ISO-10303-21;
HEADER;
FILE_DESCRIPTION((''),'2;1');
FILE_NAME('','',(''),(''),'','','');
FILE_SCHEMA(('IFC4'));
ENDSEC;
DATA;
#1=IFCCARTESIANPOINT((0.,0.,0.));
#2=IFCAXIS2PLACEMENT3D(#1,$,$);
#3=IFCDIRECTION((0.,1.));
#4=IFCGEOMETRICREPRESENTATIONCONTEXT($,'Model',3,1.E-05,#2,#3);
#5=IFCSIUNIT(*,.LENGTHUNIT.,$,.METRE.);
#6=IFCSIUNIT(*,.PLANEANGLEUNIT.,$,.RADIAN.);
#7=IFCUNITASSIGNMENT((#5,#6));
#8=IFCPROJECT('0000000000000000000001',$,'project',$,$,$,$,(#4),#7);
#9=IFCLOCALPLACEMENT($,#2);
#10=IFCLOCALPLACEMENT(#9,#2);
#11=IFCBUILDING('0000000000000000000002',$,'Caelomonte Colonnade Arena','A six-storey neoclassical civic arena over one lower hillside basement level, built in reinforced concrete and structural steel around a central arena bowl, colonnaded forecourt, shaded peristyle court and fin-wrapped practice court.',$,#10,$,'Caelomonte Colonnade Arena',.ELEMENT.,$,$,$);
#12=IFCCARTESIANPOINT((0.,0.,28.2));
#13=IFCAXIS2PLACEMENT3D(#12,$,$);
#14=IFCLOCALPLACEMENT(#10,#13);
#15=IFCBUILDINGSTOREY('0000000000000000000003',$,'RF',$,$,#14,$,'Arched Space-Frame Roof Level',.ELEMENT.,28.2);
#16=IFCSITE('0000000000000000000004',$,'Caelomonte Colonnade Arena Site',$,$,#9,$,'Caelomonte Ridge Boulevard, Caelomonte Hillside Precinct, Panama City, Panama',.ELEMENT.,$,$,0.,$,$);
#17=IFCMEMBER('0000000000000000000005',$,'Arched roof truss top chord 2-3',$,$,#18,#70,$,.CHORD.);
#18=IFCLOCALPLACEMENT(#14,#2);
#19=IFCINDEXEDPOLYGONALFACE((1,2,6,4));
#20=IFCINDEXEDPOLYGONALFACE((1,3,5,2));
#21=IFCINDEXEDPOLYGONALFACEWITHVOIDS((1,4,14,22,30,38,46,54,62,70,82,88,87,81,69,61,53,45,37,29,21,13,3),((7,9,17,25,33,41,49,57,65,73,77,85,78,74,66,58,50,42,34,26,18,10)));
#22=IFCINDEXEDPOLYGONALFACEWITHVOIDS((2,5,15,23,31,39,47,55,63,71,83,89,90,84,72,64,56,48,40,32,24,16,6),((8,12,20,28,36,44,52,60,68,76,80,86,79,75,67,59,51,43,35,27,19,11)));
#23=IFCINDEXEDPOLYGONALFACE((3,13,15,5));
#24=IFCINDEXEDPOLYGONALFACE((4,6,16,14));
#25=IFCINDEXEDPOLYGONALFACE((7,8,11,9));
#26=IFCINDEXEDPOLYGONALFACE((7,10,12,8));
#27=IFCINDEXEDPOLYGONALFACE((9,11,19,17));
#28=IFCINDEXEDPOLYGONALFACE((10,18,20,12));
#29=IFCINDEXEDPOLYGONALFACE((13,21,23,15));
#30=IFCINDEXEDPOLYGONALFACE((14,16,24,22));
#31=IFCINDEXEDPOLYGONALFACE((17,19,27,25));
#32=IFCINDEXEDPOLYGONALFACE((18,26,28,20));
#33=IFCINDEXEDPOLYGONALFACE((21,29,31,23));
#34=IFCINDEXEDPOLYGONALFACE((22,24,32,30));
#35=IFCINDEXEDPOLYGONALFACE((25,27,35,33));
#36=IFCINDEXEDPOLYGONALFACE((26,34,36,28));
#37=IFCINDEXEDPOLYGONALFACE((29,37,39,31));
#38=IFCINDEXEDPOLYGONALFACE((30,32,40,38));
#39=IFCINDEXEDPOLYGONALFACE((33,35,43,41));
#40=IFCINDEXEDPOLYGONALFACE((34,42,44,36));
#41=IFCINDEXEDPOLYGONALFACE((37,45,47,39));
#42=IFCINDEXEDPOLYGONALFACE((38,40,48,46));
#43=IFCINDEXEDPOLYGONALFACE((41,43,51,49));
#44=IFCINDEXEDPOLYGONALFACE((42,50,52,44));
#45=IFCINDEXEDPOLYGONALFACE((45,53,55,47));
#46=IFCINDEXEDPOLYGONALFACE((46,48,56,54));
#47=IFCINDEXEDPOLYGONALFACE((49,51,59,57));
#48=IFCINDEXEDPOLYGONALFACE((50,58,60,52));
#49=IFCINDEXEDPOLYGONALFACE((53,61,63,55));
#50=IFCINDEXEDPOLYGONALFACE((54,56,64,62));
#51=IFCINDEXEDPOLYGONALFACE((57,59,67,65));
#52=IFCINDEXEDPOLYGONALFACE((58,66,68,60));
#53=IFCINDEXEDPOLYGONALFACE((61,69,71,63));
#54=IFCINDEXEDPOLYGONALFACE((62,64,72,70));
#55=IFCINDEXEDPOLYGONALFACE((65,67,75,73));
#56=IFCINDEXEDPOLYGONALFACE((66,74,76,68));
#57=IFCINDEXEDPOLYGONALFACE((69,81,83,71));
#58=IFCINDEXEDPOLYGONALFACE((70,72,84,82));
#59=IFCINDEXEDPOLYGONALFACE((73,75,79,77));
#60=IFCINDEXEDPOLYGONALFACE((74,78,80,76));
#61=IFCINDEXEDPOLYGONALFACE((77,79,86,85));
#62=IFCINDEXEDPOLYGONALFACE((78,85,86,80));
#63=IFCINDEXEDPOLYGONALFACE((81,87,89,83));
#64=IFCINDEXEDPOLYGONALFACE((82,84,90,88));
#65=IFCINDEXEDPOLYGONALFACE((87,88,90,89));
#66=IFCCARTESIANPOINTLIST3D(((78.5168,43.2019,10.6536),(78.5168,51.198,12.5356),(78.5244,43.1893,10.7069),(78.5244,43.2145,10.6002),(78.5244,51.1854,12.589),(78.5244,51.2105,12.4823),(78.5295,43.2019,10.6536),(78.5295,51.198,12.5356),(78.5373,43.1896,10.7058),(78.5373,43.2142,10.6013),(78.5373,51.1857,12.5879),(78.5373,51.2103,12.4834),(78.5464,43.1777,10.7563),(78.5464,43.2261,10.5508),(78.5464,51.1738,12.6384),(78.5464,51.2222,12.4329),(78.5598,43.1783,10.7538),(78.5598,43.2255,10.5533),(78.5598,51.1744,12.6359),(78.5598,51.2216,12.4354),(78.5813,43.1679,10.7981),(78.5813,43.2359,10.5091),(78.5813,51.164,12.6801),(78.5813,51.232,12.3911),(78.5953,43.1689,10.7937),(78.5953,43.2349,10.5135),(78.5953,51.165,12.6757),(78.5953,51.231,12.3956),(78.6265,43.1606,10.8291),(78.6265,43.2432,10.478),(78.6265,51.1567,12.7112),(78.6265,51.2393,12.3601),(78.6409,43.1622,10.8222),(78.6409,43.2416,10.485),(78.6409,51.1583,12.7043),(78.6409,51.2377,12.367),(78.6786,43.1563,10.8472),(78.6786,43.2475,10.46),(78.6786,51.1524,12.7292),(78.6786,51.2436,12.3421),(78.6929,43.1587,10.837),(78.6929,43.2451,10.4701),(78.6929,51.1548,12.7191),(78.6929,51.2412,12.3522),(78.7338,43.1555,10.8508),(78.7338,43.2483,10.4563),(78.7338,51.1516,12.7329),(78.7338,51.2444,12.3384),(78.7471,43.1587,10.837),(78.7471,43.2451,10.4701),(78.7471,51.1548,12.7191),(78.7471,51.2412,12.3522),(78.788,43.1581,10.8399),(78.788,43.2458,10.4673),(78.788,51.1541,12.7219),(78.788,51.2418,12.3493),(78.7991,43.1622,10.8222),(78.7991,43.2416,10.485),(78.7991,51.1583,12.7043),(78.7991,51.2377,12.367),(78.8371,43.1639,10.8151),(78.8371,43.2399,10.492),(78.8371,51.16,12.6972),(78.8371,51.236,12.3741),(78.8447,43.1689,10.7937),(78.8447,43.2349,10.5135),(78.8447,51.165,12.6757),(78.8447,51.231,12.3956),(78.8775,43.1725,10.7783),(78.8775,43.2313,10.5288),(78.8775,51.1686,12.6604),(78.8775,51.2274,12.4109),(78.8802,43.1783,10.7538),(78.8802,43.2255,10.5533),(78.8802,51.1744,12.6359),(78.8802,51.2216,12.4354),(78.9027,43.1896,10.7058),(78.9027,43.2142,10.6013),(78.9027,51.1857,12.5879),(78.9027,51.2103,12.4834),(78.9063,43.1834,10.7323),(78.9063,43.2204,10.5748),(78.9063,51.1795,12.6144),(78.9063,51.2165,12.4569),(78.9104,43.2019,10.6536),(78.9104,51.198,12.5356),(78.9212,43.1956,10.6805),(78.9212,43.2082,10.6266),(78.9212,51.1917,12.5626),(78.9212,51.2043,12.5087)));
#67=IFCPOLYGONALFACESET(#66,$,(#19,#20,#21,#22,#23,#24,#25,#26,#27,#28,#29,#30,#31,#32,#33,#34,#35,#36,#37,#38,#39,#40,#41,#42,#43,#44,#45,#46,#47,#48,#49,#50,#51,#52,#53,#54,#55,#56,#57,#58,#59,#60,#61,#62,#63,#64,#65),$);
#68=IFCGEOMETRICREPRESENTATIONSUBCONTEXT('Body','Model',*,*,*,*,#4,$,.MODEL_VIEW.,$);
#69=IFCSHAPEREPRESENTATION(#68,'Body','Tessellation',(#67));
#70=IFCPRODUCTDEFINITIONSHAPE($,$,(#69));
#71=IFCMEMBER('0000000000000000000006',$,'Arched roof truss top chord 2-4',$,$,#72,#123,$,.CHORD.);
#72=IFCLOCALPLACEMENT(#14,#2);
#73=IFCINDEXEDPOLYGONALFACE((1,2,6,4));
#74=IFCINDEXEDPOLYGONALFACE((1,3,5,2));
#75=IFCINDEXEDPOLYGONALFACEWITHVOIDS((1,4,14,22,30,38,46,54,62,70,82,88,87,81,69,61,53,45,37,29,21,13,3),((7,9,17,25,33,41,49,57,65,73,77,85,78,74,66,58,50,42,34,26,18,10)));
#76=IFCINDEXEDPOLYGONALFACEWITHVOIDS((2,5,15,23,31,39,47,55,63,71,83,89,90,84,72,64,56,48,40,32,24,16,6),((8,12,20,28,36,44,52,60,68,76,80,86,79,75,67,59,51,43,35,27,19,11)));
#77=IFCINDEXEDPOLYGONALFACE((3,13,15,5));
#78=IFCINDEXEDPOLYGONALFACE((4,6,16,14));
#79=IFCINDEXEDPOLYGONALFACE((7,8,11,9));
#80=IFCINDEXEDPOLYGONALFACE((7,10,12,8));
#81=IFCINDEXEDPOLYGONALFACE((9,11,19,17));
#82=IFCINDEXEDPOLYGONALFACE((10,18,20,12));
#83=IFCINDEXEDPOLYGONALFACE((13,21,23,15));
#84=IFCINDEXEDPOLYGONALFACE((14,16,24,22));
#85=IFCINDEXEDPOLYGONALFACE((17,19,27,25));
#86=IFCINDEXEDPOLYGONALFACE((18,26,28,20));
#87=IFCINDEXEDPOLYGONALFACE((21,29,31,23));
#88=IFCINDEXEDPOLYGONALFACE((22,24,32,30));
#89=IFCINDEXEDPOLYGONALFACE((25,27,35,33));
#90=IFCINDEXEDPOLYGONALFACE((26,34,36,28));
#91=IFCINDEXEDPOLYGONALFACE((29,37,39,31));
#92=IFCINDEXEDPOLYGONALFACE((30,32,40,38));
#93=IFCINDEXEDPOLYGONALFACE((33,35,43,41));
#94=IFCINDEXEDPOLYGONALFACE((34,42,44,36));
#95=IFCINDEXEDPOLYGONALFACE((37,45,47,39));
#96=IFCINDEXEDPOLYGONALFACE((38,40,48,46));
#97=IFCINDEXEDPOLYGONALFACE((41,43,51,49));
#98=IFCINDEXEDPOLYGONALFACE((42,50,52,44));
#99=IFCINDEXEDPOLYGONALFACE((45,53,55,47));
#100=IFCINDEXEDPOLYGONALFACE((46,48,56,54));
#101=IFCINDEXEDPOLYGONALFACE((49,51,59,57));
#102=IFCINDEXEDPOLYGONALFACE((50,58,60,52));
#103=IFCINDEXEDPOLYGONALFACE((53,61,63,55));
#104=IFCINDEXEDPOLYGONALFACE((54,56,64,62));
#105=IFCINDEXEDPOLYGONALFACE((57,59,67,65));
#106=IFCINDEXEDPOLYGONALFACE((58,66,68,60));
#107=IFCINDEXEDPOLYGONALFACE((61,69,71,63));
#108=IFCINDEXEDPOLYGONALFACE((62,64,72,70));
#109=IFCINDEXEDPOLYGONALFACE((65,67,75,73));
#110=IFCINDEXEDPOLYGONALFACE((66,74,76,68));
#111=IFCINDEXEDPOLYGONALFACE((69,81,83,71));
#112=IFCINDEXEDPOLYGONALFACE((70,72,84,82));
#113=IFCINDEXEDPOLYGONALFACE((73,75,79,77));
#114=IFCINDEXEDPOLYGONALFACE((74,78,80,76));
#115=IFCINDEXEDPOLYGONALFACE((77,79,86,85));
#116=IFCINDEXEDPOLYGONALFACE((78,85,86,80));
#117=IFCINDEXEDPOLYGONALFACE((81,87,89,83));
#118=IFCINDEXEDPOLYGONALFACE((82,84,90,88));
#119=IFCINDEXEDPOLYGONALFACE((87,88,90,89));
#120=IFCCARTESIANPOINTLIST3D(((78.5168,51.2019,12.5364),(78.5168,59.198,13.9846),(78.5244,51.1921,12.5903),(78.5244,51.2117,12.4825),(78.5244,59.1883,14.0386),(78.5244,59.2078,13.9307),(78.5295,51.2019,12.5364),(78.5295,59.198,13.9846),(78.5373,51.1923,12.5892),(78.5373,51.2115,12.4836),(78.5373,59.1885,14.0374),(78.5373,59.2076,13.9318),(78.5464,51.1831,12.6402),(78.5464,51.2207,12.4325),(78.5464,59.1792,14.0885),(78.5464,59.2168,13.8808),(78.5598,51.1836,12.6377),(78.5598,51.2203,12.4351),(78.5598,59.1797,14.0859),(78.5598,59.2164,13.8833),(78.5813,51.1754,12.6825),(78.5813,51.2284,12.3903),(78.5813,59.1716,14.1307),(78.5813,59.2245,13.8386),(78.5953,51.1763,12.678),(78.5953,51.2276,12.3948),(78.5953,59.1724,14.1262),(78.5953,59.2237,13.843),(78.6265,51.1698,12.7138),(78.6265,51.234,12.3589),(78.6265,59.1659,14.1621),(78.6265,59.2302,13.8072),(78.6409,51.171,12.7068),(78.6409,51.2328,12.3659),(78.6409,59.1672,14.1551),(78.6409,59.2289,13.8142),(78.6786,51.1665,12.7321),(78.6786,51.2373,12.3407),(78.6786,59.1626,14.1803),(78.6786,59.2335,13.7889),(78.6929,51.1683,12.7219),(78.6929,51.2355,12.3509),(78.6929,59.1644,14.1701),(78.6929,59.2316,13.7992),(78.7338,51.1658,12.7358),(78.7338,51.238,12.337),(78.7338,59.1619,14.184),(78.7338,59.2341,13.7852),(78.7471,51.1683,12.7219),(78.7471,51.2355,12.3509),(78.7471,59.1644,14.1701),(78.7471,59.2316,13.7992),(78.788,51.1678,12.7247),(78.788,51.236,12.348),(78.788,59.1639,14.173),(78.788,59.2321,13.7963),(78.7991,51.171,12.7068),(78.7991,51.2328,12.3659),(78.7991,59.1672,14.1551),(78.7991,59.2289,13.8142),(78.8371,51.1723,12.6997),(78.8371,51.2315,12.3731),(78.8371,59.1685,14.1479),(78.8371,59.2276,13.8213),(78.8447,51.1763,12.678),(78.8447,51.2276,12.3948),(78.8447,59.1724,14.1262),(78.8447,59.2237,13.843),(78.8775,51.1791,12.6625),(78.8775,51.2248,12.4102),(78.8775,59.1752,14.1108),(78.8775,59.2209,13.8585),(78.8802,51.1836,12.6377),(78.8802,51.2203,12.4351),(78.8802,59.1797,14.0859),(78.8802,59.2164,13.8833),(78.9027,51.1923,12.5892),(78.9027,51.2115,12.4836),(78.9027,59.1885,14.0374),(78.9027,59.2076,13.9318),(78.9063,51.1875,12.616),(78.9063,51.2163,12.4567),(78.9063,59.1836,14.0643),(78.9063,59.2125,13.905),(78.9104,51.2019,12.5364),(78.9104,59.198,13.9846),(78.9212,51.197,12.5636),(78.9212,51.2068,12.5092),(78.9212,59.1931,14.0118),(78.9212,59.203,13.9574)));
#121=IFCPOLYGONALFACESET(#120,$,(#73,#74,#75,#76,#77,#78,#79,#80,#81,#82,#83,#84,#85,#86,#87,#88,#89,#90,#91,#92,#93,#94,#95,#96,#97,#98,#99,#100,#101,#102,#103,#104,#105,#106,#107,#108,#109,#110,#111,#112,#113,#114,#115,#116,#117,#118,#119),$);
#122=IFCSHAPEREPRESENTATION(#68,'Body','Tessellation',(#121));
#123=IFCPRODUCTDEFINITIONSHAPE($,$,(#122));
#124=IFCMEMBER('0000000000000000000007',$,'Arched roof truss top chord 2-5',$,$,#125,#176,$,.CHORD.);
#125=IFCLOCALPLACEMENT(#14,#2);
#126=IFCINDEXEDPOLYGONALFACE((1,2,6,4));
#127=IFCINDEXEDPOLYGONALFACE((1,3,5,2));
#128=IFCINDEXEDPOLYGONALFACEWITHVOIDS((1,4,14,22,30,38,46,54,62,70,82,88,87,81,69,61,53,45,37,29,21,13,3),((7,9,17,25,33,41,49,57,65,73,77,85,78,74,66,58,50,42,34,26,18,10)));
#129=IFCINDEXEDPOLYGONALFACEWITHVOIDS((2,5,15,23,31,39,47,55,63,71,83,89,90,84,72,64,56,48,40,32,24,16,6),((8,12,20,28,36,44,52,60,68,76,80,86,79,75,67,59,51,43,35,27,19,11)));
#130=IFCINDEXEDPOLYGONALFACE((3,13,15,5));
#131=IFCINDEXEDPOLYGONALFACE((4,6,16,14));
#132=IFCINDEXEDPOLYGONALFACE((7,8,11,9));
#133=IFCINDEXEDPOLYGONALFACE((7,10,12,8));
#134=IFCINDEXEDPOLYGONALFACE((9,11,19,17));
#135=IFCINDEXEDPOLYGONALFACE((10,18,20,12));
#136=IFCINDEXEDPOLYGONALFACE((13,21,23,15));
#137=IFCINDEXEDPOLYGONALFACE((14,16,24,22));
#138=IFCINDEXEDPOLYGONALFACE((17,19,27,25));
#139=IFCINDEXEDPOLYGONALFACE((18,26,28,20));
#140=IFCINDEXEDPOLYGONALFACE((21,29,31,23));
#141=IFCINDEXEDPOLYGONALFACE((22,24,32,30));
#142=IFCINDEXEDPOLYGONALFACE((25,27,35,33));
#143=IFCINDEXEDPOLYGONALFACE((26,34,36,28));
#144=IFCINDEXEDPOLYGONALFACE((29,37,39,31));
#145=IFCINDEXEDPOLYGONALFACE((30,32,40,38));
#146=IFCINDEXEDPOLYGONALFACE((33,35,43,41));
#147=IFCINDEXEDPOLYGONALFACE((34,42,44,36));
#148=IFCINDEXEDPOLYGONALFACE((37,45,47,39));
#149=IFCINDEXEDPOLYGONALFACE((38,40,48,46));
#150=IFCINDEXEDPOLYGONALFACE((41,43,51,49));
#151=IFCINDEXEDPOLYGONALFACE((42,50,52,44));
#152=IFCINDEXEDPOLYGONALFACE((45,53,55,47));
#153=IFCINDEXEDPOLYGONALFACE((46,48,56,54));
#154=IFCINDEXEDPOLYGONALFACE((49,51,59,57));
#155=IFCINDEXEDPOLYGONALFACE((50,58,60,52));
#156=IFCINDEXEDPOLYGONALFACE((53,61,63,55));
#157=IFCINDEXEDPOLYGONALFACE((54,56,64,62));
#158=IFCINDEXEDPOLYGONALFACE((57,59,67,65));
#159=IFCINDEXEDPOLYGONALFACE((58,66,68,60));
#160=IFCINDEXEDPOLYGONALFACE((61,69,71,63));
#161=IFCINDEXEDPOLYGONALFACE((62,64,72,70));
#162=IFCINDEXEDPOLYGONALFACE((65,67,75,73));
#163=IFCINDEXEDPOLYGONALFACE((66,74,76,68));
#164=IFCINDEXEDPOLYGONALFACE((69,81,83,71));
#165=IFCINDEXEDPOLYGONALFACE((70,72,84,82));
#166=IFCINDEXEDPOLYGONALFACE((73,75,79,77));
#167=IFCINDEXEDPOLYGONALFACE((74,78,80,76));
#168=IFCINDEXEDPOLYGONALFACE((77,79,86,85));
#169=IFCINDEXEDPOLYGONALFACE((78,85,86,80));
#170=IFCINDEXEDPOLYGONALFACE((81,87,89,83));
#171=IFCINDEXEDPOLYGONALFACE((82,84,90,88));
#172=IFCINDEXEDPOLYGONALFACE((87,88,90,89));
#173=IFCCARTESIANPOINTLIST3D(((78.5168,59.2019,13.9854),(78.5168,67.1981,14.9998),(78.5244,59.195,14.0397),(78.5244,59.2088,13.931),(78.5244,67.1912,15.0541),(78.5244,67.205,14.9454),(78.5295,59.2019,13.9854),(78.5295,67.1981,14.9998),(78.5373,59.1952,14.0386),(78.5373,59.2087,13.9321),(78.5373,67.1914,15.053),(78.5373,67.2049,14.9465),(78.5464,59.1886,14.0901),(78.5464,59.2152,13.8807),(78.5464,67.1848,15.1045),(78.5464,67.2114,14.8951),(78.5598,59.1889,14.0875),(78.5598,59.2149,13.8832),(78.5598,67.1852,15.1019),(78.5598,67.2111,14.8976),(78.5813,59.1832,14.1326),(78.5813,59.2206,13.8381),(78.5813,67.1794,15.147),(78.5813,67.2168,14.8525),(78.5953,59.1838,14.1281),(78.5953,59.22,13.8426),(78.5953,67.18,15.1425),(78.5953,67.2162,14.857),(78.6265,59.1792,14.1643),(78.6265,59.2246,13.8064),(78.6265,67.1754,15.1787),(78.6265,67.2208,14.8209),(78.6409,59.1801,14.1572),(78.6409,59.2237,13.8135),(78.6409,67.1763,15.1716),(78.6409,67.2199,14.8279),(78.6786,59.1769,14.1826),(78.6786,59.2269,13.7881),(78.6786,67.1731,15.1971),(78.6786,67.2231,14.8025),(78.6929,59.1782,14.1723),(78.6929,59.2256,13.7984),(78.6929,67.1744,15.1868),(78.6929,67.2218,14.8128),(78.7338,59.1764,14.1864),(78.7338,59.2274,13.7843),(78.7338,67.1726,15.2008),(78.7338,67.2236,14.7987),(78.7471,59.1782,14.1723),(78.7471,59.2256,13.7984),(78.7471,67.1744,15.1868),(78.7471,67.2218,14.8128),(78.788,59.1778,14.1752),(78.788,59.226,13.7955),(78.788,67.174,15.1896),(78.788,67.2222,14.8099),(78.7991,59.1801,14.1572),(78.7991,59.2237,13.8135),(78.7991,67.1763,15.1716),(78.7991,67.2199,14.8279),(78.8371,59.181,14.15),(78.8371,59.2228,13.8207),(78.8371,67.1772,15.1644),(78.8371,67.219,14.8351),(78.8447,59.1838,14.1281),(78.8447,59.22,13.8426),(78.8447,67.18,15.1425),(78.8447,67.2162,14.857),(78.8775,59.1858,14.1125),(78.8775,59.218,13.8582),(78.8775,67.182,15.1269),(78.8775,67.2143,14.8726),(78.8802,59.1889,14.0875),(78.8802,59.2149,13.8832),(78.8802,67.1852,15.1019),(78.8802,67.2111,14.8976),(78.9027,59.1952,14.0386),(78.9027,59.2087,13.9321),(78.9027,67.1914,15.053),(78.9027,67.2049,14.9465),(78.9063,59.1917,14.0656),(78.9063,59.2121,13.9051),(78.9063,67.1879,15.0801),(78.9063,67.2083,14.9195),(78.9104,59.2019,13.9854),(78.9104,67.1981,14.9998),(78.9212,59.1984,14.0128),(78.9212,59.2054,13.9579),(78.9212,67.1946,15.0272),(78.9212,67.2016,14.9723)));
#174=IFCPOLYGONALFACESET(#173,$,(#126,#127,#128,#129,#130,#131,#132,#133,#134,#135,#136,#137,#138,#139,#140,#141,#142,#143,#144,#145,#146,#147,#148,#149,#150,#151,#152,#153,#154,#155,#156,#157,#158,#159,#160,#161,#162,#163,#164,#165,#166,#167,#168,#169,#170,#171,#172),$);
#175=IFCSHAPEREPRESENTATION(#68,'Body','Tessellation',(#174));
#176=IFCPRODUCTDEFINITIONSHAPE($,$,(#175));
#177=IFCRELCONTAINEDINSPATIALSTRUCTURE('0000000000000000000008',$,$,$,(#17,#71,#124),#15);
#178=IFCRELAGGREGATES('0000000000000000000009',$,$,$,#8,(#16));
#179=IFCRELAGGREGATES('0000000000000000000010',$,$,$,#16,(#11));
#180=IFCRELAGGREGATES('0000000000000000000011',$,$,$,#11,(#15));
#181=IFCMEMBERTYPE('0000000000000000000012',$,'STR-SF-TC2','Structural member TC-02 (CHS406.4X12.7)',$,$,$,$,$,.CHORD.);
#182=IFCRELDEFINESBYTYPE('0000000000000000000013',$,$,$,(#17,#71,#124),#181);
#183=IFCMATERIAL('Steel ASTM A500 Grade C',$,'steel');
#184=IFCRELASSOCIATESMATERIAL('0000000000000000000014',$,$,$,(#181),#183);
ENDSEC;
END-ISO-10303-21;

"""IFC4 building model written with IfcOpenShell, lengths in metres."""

from ifc_helpers import new_model, si_unit, direction, frame, origin, origin_2d, place, context, subcontext, project, spatial, hollow_circle, extrude, material, material_profile, profile_set, type_object, element, save


model = new_model("IFC4")

# Units and contexts
model_context = context("Model", 3, precision=1e-05, world=origin(), true_north=direction((0.0, 1.0)))
body_context = subcontext(model_context, "Body", "Model", "MODEL_VIEW")
ifc_project = project(units=[si_unit("LENGTHUNIT", "METRE"), si_unit("PLANEANGLEUNIT", "RADIAN")], contexts=[model_context])

# Site, building, storey
site_placement = place(None, origin())
site = spatial("IfcSite", under=ifc_project, at=site_placement, Name="Caelomonte Colonnade Arena Site", LongName="Caelomonte Ridge Boulevard, Caelomonte Hillside Precinct, Panama City, Panama", CompositionType="ELEMENT", RefElevation=0.0)
building_placement = place(site_placement, origin())
building = spatial("IfcBuilding", under=site, at=building_placement, Name="Caelomonte Colonnade Arena", Description="A six-storey neoclassical civic arena over one lower hillside basement level, built in reinforced concrete and structural steel around a central arena bowl, colonnaded forecourt, shaded peristyle court and fin-wrapped practice court.", LongName="Caelomonte Colonnade Arena", CompositionType="ELEMENT")
storey_placement = place(building_placement, frame((0.0, 0.0, 28.2)))
storey = spatial("IfcBuildingStorey", under=building, at=storey_placement, Name="RF", LongName="Arched Space-Frame Roof Level", CompositionType="ELEMENT", Elevation=28.2)

# Members
ifc_material_1 = material(Name="Steel ASTM A500 Grade C", Category="steel")
ifc_material_profile_1 = material_profile(ifc_material_1, hollow_circle(Radius=0.2031, WallThickness=0.0127, at=origin_2d()), Name="CHS406.4X12.7")
ifc_profile_set_1 = profile_set([ifc_material_profile_1], Name="Steel ASTM A500 Grade C")
member_type_1 = type_object("IfcMemberType", Name="STR-SF-TC2", Description="Structural member TC-02 (CHS406.4X12.7)", PredefinedType="CHORD", material=ifc_profile_set_1)
member_1_placement = place(storey_placement, frame((78.72, 43.2019, 10.6536), z_axis=(0.0, 0.9734, 0.229114), x_axis=(-1.0, 0.0, 0.0)))
element("IfcMember", 1, at=member_1_placement, inside=storey, type_object=member_type_1, Name="Arched roof truss top chord 2-3", PredefinedType="CHORD", context=body_context, shape_type="SweptSolid", body=[
    extrude(hollow_circle(Radius=0.2031, WallThickness=0.0127, at=origin_2d()), origin(), (0.0, 0.0, 1.0), 8.2146),
])
member_2_placement = place(storey_placement, frame((78.72, 51.2019, 12.5364), z_axis=(0.0, 0.983991, 0.178219), x_axis=(-1.0, 0.0, 0.0)))
element("IfcMember", 2, at=member_2_placement, inside=storey, type_object=member_type_1, Name="Arched roof truss top chord 2-4", PredefinedType="CHORD", context=body_context, shape_type="SweptSolid", body=[
    extrude(hollow_circle(Radius=0.2031, WallThickness=0.0127, at=origin_2d()), origin(), (0.0, 0.0, 1.0), 8.1262),
])
member_3_placement = place(storey_placement, frame((78.72, 59.2019, 13.9854), z_axis=(0.0, 0.992049, 0.125854), x_axis=(-1.0, 0.0, 0.0)))
element("IfcMember", 3, at=member_3_placement, inside=storey, type_object=member_type_1, Name="Arched roof truss top chord 2-5", PredefinedType="CHORD", context=body_context, shape_type="SweptSolid", body=[
    extrude(hollow_circle(Radius=0.2031, WallThickness=0.0127, at=origin_2d()), origin(), (0.0, 0.0, 1.0), 8.0603),
])

save(model, "model.ifc")
